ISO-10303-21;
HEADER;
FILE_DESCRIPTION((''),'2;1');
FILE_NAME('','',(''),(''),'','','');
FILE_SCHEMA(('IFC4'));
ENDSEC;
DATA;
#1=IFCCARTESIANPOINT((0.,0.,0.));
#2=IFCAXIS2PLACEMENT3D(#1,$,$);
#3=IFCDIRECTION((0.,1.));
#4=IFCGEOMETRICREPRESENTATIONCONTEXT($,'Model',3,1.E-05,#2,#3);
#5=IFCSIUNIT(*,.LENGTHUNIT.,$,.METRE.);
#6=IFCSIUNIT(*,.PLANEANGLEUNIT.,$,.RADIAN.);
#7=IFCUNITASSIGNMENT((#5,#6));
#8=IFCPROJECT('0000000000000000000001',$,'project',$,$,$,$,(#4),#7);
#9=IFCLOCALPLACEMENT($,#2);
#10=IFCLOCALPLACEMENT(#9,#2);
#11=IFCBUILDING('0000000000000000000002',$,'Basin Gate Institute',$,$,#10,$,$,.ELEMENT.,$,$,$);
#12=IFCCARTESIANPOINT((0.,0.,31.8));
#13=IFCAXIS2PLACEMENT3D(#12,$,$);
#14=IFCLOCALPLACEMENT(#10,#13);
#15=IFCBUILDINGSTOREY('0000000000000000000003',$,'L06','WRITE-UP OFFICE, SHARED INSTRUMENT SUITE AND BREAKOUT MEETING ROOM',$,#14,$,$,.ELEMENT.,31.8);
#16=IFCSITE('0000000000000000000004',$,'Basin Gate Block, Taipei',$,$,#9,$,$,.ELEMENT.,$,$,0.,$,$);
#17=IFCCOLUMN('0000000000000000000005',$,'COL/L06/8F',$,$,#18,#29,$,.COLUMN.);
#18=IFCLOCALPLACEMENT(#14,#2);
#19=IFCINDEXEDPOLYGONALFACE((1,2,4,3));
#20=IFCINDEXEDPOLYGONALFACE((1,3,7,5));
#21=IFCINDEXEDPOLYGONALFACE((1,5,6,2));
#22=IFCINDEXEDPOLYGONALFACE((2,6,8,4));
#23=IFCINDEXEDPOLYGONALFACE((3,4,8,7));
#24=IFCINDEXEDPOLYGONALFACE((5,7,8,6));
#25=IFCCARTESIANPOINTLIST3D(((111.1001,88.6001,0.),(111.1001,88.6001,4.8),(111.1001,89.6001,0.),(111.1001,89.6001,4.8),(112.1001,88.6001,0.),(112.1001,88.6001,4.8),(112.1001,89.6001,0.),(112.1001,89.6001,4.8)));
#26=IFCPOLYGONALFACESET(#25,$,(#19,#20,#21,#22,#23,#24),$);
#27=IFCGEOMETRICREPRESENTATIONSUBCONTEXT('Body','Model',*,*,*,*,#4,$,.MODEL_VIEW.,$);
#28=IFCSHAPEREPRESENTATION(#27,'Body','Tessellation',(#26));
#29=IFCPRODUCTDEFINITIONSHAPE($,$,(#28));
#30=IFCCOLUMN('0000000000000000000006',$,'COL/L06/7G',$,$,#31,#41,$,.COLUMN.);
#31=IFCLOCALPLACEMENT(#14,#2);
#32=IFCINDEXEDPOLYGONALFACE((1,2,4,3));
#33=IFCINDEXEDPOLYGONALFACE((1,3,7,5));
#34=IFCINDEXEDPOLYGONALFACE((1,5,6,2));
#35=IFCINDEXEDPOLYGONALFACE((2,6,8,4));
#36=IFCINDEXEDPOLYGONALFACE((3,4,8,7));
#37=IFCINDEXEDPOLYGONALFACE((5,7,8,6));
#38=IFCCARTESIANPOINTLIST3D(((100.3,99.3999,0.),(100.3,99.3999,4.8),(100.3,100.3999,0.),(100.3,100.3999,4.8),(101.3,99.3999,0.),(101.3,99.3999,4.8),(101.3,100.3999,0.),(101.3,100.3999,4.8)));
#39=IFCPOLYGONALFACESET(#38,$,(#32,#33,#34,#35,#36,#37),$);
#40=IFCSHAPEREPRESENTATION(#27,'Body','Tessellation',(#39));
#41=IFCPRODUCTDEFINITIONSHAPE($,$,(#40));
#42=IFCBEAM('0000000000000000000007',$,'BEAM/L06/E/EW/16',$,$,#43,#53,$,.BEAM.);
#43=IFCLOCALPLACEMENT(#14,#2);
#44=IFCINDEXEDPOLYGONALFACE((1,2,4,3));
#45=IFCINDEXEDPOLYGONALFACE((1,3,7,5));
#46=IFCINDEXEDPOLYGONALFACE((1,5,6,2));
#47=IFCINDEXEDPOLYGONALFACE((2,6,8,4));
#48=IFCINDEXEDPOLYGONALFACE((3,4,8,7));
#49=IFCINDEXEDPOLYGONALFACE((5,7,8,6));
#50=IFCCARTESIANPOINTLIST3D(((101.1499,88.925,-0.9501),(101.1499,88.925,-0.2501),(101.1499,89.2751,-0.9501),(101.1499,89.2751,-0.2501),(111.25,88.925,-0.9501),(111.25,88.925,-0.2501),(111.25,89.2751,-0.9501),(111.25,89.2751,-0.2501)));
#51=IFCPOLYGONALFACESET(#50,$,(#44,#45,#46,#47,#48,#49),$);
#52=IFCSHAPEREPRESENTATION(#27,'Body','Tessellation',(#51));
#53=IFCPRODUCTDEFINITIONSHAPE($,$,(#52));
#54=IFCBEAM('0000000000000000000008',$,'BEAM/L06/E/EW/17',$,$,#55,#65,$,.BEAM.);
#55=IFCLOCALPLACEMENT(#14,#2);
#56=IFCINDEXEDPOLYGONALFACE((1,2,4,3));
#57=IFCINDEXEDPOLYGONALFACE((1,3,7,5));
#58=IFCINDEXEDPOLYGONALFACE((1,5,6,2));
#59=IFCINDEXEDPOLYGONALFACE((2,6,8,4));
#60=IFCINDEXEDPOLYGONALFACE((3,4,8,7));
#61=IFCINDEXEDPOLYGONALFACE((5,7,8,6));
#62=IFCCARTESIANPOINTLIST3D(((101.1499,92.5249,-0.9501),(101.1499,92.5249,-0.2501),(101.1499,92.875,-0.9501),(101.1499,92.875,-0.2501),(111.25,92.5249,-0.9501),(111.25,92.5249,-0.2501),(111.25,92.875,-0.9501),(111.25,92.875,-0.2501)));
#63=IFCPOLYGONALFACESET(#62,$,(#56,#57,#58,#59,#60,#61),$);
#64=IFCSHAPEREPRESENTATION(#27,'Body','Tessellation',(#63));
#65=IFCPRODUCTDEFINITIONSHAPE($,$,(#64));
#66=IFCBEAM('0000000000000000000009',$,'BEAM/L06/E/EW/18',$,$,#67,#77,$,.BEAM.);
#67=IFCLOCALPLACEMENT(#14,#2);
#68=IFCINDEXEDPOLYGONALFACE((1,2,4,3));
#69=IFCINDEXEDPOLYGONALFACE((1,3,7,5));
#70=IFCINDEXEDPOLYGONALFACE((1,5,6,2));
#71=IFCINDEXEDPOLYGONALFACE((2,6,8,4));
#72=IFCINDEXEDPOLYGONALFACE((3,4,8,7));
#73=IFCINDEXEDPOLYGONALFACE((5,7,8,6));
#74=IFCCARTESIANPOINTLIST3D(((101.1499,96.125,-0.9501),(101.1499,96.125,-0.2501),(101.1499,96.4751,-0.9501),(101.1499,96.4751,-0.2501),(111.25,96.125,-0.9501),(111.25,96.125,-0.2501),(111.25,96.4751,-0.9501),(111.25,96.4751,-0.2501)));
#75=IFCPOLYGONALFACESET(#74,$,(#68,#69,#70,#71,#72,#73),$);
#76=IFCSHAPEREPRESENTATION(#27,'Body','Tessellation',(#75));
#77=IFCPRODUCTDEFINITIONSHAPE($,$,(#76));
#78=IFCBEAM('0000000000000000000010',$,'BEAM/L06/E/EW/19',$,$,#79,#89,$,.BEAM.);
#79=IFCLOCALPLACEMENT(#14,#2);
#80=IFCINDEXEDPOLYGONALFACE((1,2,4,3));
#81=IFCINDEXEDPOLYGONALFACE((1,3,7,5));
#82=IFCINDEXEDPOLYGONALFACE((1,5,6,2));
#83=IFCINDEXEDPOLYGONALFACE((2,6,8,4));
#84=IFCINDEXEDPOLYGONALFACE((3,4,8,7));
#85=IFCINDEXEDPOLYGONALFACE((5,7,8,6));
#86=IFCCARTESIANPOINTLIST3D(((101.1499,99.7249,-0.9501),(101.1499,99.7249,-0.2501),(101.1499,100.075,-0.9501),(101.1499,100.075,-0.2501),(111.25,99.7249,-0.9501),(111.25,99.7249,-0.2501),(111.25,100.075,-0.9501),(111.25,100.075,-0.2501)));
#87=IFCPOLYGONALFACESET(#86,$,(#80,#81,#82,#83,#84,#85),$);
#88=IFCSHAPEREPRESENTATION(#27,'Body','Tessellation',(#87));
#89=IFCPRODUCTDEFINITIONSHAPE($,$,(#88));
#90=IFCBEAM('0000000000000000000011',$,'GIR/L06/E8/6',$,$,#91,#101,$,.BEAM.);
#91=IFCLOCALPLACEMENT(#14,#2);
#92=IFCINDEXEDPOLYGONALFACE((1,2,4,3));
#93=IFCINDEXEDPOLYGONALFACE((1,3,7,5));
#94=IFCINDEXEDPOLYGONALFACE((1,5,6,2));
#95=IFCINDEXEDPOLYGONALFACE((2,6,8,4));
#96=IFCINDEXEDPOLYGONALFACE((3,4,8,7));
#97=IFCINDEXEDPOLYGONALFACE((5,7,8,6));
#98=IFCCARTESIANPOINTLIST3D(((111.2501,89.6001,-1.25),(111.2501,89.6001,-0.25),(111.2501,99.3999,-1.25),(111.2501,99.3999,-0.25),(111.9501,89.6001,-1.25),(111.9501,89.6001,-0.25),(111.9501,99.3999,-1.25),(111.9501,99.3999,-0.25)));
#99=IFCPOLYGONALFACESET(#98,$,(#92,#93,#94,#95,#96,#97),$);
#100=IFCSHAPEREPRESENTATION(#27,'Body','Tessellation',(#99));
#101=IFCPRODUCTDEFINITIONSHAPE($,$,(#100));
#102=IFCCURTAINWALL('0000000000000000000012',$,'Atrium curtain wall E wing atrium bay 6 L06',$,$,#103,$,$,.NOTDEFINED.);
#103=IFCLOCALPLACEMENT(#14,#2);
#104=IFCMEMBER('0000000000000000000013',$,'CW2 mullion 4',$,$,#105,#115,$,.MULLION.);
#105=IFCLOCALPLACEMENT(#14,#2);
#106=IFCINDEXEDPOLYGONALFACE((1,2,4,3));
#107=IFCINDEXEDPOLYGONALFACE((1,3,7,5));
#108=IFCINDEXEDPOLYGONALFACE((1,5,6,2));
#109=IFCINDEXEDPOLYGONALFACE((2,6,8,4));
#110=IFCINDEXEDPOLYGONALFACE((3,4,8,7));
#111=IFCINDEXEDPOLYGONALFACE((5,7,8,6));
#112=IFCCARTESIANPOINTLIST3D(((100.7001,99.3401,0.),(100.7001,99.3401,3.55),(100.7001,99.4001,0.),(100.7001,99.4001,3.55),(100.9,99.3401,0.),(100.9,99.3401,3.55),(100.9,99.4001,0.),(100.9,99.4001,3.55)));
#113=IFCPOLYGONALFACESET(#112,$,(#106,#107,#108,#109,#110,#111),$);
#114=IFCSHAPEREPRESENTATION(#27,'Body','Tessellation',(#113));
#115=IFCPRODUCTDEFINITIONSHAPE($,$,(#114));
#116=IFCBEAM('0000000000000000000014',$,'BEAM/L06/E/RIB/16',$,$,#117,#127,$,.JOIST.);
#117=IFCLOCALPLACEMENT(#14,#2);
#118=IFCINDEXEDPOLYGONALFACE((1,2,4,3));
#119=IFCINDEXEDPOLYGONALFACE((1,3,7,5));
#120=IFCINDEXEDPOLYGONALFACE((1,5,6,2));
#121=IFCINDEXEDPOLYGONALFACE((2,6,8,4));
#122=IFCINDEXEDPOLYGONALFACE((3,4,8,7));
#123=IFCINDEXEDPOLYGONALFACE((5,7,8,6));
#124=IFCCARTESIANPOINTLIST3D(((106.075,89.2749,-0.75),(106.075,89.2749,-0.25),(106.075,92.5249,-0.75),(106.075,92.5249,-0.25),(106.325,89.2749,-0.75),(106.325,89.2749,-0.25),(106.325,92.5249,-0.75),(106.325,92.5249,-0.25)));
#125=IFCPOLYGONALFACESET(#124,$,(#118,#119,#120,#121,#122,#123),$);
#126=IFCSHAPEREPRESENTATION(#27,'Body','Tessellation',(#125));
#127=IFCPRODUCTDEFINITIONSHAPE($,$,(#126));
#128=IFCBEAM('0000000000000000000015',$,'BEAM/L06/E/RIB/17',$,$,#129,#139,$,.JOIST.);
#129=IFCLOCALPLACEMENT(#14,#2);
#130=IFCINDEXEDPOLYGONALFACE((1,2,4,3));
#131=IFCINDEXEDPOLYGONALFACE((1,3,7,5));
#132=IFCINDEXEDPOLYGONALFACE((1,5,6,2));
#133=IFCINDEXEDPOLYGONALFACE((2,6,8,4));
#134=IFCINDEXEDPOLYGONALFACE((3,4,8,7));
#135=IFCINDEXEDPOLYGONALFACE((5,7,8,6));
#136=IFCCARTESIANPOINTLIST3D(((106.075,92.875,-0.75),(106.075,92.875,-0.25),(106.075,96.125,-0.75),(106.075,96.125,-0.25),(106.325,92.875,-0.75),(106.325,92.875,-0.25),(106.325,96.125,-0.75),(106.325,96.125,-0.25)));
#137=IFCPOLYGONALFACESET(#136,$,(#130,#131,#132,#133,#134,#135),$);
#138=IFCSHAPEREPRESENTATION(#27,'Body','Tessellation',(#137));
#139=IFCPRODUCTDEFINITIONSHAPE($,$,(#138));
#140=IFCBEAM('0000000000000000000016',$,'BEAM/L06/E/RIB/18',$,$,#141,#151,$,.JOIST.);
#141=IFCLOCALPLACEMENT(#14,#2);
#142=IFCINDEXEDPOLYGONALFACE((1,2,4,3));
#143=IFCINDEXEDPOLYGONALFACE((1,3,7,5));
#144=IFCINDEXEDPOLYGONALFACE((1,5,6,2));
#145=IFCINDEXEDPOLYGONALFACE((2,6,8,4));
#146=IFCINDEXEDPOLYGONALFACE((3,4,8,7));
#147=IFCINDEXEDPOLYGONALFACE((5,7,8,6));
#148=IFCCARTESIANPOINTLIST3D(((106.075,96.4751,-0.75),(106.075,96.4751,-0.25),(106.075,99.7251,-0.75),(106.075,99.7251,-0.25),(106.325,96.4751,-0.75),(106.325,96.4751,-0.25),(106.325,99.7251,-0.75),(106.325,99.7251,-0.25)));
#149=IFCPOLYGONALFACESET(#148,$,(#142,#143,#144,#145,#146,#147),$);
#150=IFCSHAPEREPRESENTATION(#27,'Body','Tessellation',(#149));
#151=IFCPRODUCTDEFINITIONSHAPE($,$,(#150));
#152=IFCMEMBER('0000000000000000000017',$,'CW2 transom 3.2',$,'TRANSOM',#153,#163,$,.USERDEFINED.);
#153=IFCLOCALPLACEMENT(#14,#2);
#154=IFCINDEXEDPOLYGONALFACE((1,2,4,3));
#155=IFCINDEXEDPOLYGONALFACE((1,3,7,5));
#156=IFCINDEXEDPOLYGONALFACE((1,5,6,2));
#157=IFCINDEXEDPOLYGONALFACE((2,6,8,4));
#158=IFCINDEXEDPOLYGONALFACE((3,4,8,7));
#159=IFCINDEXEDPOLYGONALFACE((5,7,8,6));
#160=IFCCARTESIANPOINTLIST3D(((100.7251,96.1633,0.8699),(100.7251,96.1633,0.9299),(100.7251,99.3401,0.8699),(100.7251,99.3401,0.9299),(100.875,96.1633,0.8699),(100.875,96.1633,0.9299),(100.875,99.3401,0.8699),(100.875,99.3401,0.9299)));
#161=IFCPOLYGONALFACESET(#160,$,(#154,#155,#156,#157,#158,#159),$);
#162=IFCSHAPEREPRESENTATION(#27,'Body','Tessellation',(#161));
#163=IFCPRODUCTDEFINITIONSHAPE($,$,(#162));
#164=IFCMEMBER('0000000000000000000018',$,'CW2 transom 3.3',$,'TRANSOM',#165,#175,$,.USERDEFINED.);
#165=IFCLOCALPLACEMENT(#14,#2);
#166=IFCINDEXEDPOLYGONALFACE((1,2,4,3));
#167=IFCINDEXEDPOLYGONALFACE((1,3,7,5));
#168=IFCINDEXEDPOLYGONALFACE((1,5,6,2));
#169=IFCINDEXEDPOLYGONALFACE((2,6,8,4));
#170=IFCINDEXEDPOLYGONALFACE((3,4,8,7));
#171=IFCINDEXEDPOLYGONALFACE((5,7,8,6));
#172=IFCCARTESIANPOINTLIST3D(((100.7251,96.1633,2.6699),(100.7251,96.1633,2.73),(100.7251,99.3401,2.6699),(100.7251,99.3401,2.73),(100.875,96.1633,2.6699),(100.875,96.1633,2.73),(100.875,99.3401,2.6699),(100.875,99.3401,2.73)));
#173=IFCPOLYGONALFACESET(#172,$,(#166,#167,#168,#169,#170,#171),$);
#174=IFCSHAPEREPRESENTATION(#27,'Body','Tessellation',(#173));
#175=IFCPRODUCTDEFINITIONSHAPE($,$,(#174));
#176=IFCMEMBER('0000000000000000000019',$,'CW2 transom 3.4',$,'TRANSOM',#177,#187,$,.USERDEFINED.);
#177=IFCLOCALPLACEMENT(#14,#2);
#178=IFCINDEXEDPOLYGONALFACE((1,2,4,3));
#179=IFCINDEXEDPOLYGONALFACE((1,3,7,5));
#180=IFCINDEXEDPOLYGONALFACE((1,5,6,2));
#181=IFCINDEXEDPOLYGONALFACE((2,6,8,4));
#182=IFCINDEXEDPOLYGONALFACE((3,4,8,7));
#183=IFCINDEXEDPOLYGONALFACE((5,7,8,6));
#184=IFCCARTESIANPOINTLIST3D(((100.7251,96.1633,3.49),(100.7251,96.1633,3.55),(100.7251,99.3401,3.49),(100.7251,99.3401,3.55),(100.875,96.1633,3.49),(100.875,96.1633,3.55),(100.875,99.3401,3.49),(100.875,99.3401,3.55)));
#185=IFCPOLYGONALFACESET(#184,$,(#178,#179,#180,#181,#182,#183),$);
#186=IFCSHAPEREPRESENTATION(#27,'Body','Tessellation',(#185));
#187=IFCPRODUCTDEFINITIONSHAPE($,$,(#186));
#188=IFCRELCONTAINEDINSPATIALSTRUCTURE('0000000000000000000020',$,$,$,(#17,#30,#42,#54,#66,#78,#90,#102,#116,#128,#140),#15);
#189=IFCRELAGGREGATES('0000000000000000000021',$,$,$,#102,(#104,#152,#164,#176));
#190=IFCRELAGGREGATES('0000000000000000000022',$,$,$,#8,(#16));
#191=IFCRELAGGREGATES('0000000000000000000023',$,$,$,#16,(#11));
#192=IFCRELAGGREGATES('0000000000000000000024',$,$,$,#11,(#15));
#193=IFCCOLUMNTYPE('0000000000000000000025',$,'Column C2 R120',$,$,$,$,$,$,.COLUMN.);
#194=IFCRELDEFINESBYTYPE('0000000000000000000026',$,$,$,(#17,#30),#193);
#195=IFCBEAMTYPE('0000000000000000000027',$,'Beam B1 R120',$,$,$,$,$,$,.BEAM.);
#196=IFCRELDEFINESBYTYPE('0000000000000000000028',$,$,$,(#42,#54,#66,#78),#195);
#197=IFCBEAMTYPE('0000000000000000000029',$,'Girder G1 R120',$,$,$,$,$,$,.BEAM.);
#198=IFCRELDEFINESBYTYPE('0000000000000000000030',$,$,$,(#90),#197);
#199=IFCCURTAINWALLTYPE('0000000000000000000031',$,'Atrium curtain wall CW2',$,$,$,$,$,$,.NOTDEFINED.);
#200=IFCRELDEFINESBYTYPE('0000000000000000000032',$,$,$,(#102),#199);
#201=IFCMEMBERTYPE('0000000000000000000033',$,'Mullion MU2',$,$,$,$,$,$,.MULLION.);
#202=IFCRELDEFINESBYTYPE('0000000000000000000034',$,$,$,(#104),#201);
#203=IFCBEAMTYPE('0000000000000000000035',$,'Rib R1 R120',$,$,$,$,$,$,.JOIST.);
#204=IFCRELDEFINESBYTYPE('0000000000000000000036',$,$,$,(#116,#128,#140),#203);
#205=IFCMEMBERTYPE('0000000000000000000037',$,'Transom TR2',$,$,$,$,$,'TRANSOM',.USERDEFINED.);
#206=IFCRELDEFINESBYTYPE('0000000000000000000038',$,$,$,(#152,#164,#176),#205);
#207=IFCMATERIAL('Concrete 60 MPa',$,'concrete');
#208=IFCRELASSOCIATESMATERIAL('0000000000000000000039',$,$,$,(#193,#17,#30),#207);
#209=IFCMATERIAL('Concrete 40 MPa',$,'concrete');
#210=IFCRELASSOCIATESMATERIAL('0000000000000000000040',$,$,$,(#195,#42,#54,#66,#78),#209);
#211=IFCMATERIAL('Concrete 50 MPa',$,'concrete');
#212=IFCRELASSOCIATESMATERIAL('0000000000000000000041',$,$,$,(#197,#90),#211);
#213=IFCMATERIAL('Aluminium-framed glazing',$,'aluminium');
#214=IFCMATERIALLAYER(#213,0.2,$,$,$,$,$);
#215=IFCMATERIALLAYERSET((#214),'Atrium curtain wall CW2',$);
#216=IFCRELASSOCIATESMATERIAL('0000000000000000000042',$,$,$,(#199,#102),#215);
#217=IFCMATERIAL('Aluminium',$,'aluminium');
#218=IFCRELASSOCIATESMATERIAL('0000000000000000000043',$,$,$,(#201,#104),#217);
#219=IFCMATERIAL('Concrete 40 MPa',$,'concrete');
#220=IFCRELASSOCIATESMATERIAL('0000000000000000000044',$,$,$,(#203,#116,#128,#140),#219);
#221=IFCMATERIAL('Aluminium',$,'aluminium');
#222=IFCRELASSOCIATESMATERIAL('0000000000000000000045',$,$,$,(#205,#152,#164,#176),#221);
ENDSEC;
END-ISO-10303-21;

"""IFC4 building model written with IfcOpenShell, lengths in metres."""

from ifc_helpers import new_model, si_unit, direction, frame, origin, origin_2d, place, context, subcontext, project, spatial, rectangle, extrude, material, layer, layer_set, material_profile, profile_set, type_object, element, aggregate, save


model = new_model("IFC4")

# Units and contexts
model_context = context("Model", 3, precision=1e-05, world=origin(), true_north=direction((0.0, 1.0)))
body_context = subcontext(model_context, "Body", "Model", "MODEL_VIEW")
ifc_project = project(units=[si_unit("LENGTHUNIT", "METRE"), si_unit("PLANEANGLEUNIT", "RADIAN")], contexts=[model_context])

# Site, building, storey
site_placement = place(None, origin())
site = spatial("IfcSite", under=ifc_project, at=site_placement, Name="Basin Gate Block, Taipei", CompositionType="ELEMENT", RefElevation=0.0)
building_placement = place(site_placement, origin())
building = spatial("IfcBuilding", under=site, at=building_placement, Name="Basin Gate Institute", CompositionType="ELEMENT")
storey_placement = place(building_placement, frame((0.0, 0.0, 31.8)))
storey = spatial("IfcBuildingStorey", under=building, at=storey_placement, Name="L06", Description="WRITE-UP OFFICE, SHARED INSTRUMENT SUITE AND BREAKOUT MEETING ROOM", CompositionType="ELEMENT", Elevation=31.8)

# Columns
ifc_material_1 = material(Name="Concrete 60 MPa", Category="concrete")
ifc_material_profile_1 = material_profile(ifc_material_1, rectangle(XDim=1.0, YDim=1.0, at=origin_2d()), Name="Column C2 1000 x 1000")
ifc_profile_set_1 = profile_set([ifc_material_profile_1], Name="Concrete 60 MPa")
column_type = type_object("IfcColumnType", Name="Column C2 R120", PredefinedType="COLUMN", material=ifc_profile_set_1)
for number, where, z_axis, x_axis, name in (
    (1, (111.6001, 89.1001, 0.0), (0.0, 0.0, 1.0), (1.0, 0.0, 0.0), "COL/L06/8F"),
    (2, (100.8, 99.8999, 0.0), (0.0, 0.0, 1.0), (1.0, 0.0, 0.0), "COL/L06/7G"),
):
    element("IfcColumn", number, at=place(storey_placement, frame(where, z_axis=z_axis, x_axis=x_axis)), inside=storey, type_object=column_type, material=ifc_profile_set_1, Name=name, PredefinedType="COLUMN", context=body_context, shape_type="SweptSolid", body=[
        extrude(rectangle(XDim=1.0, YDim=1.0, at=origin_2d()), origin(), (0.0, 0.0, 1.0), 4.8),
    ])

# Beams
ifc_material_2 = material(Name="Concrete 40 MPa", Category="concrete")
ifc_material_profile_2 = material_profile(ifc_material_2, rectangle(XDim=0.3501, YDim=0.7, at=origin_2d()), Name="Beam B1 350 x 700")
ifc_profile_set_2 = profile_set([ifc_material_profile_2], Name="Concrete 40 MPa")
beam_type_1 = type_object("IfcBeamType", Name="Beam B1 R120", PredefinedType="BEAM", material=ifc_profile_set_2)
for number, where, z_axis, x_axis, name in (
    (3, (111.25, 89.1001, -0.6001), (-1.0, 0.0, 0.0), (0.0, -1.0, 0.0), "BEAM/L06/E/EW/16"),
    (4, (111.25, 92.7, -0.6001), (-1.0, 0.0, 0.0), (0.0, -1.0, 0.0), "BEAM/L06/E/EW/17"),
    (5, (111.25, 96.3, -0.6001), (-1.0, 0.0, 0.0), (0.0, -1.0, 0.0), "BEAM/L06/E/EW/18"),
    (6, (111.25, 99.8999, -0.6001), (-1.0, 0.0, 0.0), (0.0, -1.0, 0.0), "BEAM/L06/E/EW/19"),
):
    element("IfcBeam", number, at=place(storey_placement, frame(where, z_axis=z_axis, x_axis=x_axis)), inside=storey, type_object=beam_type_1, material=ifc_profile_set_2, Name=name, PredefinedType="BEAM", context=body_context, shape_type="SweptSolid", body=[
        extrude(rectangle(XDim=0.3501, YDim=0.7, at=origin_2d()), origin(), (0.0, 0.0, 1.0), 10.1001),
    ])
ifc_material_3 = material(Name="Concrete 50 MPa", Category="concrete")
ifc_material_profile_3 = material_profile(ifc_material_3, rectangle(XDim=0.7, YDim=1.0, at=origin_2d()), Name="Girder G1 700 x 1000")
ifc_profile_set_3 = profile_set([ifc_material_profile_3], Name="Concrete 50 MPa")
beam_type_2 = type_object("IfcBeamType", Name="Girder G1 R120", PredefinedType="BEAM", material=ifc_profile_set_3)
beam_placement = place(storey_placement, frame((111.6001, 89.6001, -0.75), z_axis=(0.0, 1.0, 0.0), x_axis=(-1.0, 0.0, 0.0)))
element("IfcBeam", 7, at=beam_placement, inside=storey, type_object=beam_type_2, material=ifc_profile_set_3, Name="GIR/L06/E8/6", PredefinedType="BEAM", context=body_context, shape_type="SweptSolid", body=[
    extrude(rectangle(XDim=0.7, YDim=1.0, at=origin_2d()), origin(), (0.0, 0.0, 1.0), 9.7998),
])

# Curtain wall, member
ifc_material_4 = material(Name="Aluminium-framed glazing", Category="aluminium")
ifc_layer_1 = layer(ifc_material_4, 0.2)
ifc_layer_set_1 = layer_set([ifc_layer_1], Name="Atrium curtain wall CW2")
curtain_wall_type = type_object("IfcCurtainWallType", Name="Atrium curtain wall CW2", PredefinedType="NOTDEFINED", material=ifc_layer_set_1)
curtain_wall_placement = place(storey_placement, origin())
curtain_wall = element("IfcCurtainWall", 8, at=curtain_wall_placement, inside=storey, type_object=curtain_wall_type, material=ifc_layer_set_1, Name="Atrium curtain wall E wing atrium bay 6 L06", PredefinedType="NOTDEFINED")
ifc_material_5 = material(Name="Aluminium", Category="aluminium")
ifc_material_profile_4 = material_profile(ifc_material_5, rectangle(XDim=0.2, YDim=0.0601, at=origin_2d()), Name="Mullion MU2 200 x 60")
ifc_profile_set_4 = profile_set([ifc_material_profile_4], Name="Aluminium")
member_type_1 = type_object("IfcMemberType", Name="Mullion MU2", PredefinedType="MULLION", material=ifc_profile_set_4)
member_1_placement = place(storey_placement, frame((100.8, 99.3701, 0.0), z_axis=(0.0, 0.0, 1.0), x_axis=(-1.0, 0.0, 0.0)))
member_1 = element("IfcMember", 9, at=member_1_placement, type_object=member_type_1, material=ifc_profile_set_4, Name="CW2 mullion 4", PredefinedType="MULLION", context=body_context, shape_type="SweptSolid", body=[
    extrude(rectangle(XDim=0.2, YDim=0.0601, at=origin_2d()), origin(), (0.0, 0.0, 1.0), 3.55),
])

# Beams
ifc_material_6 = material(Name="Concrete 40 MPa", Category="concrete")
ifc_material_profile_5 = material_profile(ifc_material_6, rectangle(XDim=0.25, YDim=0.5, at=origin_2d()), Name="Rib R1 250 x 500")
ifc_profile_set_5 = profile_set([ifc_material_profile_5], Name="Concrete 40 MPa")
beam_type_3 = type_object("IfcBeamType", Name="Rib R1 R120", PredefinedType="JOIST", material=ifc_profile_set_5)
for number, where, z_axis, x_axis, name in (
    (10, (106.2, 89.2749, -0.5), (0.0, 1.0, 0.0), (-1.0, 0.0, 0.0), "BEAM/L06/E/RIB/16"),
    (11, (106.2, 92.875, -0.5), (0.0, 1.0, 0.0), (-1.0, 0.0, 0.0), "BEAM/L06/E/RIB/17"),
    (12, (106.2, 96.4751, -0.5), (0.0, 1.0, 0.0), (-1.0, 0.0, 0.0), "BEAM/L06/E/RIB/18"),
):
    element("IfcBeam", number, at=place(storey_placement, frame(where, z_axis=z_axis, x_axis=x_axis)), inside=storey, type_object=beam_type_3, material=ifc_profile_set_5, Name=name, PredefinedType="JOIST", context=body_context, shape_type="SweptSolid", body=[
        extrude(rectangle(XDim=0.25, YDim=0.5, at=origin_2d()), origin(), (0.0, 0.0, 1.0), 3.25),
    ])

# Members
ifc_material_7 = material(Name="Aluminium", Category="aluminium")
ifc_material_profile_6 = material_profile(ifc_material_7, rectangle(XDim=0.1499, YDim=0.0601, at=origin_2d()), Name="Transom TR2 150 x 60")
ifc_profile_set_6 = profile_set([ifc_material_profile_6], Name="Aluminium")
member_type_2 = type_object("IfcMemberType", Name="Transom TR2", ElementType="TRANSOM", PredefinedType="USERDEFINED", material=ifc_profile_set_6)
member_2_placement = place(storey_placement, frame((100.8, 96.1633, 0.8999), z_axis=(0.0, 1.0, 0.0), x_axis=(-1.0, 0.0, 0.0)))
member_2 = element("IfcMember", 13, at=member_2_placement, type_object=member_type_2, material=ifc_profile_set_6, Name="CW2 transom 3.2", ObjectType="TRANSOM", PredefinedType="USERDEFINED", context=body_context, shape_type="SweptSolid", body=[
    extrude(rectangle(XDim=0.1499, YDim=0.0601, at=origin_2d()), origin(), (0.0, 0.0, 1.0), 3.1768),
])
member_3_placement = place(storey_placement, frame((100.8, 96.1633, 2.7), z_axis=(0.0, 1.0, 0.0), x_axis=(-1.0, 0.0, 0.0)))
member_3 = element("IfcMember", 14, at=member_3_placement, type_object=member_type_2, material=ifc_profile_set_6, Name="CW2 transom 3.3", ObjectType="TRANSOM", PredefinedType="USERDEFINED", context=body_context, shape_type="SweptSolid", body=[
    extrude(rectangle(XDim=0.1499, YDim=0.0601, at=origin_2d()), origin(), (0.0, 0.0, 1.0), 3.1768),
])
member_4_placement = place(storey_placement, frame((100.8, 96.1633, 3.52), z_axis=(0.0, 1.0, 0.0), x_axis=(-1.0, 0.0, 0.0)))
member_4 = element("IfcMember", 15, at=member_4_placement, type_object=member_type_2, material=ifc_profile_set_6, Name="CW2 transom 3.4", ObjectType="TRANSOM", PredefinedType="USERDEFINED", context=body_context, shape_type="SweptSolid", body=[
    extrude(rectangle(XDim=0.1499, YDim=0.0601, at=origin_2d()), origin(), (0.0, 0.0, 1.0), 3.1768),
])

aggregate(curtain_wall, [member_1, member_2, member_3, member_4])

save(model, "model.ifc")
